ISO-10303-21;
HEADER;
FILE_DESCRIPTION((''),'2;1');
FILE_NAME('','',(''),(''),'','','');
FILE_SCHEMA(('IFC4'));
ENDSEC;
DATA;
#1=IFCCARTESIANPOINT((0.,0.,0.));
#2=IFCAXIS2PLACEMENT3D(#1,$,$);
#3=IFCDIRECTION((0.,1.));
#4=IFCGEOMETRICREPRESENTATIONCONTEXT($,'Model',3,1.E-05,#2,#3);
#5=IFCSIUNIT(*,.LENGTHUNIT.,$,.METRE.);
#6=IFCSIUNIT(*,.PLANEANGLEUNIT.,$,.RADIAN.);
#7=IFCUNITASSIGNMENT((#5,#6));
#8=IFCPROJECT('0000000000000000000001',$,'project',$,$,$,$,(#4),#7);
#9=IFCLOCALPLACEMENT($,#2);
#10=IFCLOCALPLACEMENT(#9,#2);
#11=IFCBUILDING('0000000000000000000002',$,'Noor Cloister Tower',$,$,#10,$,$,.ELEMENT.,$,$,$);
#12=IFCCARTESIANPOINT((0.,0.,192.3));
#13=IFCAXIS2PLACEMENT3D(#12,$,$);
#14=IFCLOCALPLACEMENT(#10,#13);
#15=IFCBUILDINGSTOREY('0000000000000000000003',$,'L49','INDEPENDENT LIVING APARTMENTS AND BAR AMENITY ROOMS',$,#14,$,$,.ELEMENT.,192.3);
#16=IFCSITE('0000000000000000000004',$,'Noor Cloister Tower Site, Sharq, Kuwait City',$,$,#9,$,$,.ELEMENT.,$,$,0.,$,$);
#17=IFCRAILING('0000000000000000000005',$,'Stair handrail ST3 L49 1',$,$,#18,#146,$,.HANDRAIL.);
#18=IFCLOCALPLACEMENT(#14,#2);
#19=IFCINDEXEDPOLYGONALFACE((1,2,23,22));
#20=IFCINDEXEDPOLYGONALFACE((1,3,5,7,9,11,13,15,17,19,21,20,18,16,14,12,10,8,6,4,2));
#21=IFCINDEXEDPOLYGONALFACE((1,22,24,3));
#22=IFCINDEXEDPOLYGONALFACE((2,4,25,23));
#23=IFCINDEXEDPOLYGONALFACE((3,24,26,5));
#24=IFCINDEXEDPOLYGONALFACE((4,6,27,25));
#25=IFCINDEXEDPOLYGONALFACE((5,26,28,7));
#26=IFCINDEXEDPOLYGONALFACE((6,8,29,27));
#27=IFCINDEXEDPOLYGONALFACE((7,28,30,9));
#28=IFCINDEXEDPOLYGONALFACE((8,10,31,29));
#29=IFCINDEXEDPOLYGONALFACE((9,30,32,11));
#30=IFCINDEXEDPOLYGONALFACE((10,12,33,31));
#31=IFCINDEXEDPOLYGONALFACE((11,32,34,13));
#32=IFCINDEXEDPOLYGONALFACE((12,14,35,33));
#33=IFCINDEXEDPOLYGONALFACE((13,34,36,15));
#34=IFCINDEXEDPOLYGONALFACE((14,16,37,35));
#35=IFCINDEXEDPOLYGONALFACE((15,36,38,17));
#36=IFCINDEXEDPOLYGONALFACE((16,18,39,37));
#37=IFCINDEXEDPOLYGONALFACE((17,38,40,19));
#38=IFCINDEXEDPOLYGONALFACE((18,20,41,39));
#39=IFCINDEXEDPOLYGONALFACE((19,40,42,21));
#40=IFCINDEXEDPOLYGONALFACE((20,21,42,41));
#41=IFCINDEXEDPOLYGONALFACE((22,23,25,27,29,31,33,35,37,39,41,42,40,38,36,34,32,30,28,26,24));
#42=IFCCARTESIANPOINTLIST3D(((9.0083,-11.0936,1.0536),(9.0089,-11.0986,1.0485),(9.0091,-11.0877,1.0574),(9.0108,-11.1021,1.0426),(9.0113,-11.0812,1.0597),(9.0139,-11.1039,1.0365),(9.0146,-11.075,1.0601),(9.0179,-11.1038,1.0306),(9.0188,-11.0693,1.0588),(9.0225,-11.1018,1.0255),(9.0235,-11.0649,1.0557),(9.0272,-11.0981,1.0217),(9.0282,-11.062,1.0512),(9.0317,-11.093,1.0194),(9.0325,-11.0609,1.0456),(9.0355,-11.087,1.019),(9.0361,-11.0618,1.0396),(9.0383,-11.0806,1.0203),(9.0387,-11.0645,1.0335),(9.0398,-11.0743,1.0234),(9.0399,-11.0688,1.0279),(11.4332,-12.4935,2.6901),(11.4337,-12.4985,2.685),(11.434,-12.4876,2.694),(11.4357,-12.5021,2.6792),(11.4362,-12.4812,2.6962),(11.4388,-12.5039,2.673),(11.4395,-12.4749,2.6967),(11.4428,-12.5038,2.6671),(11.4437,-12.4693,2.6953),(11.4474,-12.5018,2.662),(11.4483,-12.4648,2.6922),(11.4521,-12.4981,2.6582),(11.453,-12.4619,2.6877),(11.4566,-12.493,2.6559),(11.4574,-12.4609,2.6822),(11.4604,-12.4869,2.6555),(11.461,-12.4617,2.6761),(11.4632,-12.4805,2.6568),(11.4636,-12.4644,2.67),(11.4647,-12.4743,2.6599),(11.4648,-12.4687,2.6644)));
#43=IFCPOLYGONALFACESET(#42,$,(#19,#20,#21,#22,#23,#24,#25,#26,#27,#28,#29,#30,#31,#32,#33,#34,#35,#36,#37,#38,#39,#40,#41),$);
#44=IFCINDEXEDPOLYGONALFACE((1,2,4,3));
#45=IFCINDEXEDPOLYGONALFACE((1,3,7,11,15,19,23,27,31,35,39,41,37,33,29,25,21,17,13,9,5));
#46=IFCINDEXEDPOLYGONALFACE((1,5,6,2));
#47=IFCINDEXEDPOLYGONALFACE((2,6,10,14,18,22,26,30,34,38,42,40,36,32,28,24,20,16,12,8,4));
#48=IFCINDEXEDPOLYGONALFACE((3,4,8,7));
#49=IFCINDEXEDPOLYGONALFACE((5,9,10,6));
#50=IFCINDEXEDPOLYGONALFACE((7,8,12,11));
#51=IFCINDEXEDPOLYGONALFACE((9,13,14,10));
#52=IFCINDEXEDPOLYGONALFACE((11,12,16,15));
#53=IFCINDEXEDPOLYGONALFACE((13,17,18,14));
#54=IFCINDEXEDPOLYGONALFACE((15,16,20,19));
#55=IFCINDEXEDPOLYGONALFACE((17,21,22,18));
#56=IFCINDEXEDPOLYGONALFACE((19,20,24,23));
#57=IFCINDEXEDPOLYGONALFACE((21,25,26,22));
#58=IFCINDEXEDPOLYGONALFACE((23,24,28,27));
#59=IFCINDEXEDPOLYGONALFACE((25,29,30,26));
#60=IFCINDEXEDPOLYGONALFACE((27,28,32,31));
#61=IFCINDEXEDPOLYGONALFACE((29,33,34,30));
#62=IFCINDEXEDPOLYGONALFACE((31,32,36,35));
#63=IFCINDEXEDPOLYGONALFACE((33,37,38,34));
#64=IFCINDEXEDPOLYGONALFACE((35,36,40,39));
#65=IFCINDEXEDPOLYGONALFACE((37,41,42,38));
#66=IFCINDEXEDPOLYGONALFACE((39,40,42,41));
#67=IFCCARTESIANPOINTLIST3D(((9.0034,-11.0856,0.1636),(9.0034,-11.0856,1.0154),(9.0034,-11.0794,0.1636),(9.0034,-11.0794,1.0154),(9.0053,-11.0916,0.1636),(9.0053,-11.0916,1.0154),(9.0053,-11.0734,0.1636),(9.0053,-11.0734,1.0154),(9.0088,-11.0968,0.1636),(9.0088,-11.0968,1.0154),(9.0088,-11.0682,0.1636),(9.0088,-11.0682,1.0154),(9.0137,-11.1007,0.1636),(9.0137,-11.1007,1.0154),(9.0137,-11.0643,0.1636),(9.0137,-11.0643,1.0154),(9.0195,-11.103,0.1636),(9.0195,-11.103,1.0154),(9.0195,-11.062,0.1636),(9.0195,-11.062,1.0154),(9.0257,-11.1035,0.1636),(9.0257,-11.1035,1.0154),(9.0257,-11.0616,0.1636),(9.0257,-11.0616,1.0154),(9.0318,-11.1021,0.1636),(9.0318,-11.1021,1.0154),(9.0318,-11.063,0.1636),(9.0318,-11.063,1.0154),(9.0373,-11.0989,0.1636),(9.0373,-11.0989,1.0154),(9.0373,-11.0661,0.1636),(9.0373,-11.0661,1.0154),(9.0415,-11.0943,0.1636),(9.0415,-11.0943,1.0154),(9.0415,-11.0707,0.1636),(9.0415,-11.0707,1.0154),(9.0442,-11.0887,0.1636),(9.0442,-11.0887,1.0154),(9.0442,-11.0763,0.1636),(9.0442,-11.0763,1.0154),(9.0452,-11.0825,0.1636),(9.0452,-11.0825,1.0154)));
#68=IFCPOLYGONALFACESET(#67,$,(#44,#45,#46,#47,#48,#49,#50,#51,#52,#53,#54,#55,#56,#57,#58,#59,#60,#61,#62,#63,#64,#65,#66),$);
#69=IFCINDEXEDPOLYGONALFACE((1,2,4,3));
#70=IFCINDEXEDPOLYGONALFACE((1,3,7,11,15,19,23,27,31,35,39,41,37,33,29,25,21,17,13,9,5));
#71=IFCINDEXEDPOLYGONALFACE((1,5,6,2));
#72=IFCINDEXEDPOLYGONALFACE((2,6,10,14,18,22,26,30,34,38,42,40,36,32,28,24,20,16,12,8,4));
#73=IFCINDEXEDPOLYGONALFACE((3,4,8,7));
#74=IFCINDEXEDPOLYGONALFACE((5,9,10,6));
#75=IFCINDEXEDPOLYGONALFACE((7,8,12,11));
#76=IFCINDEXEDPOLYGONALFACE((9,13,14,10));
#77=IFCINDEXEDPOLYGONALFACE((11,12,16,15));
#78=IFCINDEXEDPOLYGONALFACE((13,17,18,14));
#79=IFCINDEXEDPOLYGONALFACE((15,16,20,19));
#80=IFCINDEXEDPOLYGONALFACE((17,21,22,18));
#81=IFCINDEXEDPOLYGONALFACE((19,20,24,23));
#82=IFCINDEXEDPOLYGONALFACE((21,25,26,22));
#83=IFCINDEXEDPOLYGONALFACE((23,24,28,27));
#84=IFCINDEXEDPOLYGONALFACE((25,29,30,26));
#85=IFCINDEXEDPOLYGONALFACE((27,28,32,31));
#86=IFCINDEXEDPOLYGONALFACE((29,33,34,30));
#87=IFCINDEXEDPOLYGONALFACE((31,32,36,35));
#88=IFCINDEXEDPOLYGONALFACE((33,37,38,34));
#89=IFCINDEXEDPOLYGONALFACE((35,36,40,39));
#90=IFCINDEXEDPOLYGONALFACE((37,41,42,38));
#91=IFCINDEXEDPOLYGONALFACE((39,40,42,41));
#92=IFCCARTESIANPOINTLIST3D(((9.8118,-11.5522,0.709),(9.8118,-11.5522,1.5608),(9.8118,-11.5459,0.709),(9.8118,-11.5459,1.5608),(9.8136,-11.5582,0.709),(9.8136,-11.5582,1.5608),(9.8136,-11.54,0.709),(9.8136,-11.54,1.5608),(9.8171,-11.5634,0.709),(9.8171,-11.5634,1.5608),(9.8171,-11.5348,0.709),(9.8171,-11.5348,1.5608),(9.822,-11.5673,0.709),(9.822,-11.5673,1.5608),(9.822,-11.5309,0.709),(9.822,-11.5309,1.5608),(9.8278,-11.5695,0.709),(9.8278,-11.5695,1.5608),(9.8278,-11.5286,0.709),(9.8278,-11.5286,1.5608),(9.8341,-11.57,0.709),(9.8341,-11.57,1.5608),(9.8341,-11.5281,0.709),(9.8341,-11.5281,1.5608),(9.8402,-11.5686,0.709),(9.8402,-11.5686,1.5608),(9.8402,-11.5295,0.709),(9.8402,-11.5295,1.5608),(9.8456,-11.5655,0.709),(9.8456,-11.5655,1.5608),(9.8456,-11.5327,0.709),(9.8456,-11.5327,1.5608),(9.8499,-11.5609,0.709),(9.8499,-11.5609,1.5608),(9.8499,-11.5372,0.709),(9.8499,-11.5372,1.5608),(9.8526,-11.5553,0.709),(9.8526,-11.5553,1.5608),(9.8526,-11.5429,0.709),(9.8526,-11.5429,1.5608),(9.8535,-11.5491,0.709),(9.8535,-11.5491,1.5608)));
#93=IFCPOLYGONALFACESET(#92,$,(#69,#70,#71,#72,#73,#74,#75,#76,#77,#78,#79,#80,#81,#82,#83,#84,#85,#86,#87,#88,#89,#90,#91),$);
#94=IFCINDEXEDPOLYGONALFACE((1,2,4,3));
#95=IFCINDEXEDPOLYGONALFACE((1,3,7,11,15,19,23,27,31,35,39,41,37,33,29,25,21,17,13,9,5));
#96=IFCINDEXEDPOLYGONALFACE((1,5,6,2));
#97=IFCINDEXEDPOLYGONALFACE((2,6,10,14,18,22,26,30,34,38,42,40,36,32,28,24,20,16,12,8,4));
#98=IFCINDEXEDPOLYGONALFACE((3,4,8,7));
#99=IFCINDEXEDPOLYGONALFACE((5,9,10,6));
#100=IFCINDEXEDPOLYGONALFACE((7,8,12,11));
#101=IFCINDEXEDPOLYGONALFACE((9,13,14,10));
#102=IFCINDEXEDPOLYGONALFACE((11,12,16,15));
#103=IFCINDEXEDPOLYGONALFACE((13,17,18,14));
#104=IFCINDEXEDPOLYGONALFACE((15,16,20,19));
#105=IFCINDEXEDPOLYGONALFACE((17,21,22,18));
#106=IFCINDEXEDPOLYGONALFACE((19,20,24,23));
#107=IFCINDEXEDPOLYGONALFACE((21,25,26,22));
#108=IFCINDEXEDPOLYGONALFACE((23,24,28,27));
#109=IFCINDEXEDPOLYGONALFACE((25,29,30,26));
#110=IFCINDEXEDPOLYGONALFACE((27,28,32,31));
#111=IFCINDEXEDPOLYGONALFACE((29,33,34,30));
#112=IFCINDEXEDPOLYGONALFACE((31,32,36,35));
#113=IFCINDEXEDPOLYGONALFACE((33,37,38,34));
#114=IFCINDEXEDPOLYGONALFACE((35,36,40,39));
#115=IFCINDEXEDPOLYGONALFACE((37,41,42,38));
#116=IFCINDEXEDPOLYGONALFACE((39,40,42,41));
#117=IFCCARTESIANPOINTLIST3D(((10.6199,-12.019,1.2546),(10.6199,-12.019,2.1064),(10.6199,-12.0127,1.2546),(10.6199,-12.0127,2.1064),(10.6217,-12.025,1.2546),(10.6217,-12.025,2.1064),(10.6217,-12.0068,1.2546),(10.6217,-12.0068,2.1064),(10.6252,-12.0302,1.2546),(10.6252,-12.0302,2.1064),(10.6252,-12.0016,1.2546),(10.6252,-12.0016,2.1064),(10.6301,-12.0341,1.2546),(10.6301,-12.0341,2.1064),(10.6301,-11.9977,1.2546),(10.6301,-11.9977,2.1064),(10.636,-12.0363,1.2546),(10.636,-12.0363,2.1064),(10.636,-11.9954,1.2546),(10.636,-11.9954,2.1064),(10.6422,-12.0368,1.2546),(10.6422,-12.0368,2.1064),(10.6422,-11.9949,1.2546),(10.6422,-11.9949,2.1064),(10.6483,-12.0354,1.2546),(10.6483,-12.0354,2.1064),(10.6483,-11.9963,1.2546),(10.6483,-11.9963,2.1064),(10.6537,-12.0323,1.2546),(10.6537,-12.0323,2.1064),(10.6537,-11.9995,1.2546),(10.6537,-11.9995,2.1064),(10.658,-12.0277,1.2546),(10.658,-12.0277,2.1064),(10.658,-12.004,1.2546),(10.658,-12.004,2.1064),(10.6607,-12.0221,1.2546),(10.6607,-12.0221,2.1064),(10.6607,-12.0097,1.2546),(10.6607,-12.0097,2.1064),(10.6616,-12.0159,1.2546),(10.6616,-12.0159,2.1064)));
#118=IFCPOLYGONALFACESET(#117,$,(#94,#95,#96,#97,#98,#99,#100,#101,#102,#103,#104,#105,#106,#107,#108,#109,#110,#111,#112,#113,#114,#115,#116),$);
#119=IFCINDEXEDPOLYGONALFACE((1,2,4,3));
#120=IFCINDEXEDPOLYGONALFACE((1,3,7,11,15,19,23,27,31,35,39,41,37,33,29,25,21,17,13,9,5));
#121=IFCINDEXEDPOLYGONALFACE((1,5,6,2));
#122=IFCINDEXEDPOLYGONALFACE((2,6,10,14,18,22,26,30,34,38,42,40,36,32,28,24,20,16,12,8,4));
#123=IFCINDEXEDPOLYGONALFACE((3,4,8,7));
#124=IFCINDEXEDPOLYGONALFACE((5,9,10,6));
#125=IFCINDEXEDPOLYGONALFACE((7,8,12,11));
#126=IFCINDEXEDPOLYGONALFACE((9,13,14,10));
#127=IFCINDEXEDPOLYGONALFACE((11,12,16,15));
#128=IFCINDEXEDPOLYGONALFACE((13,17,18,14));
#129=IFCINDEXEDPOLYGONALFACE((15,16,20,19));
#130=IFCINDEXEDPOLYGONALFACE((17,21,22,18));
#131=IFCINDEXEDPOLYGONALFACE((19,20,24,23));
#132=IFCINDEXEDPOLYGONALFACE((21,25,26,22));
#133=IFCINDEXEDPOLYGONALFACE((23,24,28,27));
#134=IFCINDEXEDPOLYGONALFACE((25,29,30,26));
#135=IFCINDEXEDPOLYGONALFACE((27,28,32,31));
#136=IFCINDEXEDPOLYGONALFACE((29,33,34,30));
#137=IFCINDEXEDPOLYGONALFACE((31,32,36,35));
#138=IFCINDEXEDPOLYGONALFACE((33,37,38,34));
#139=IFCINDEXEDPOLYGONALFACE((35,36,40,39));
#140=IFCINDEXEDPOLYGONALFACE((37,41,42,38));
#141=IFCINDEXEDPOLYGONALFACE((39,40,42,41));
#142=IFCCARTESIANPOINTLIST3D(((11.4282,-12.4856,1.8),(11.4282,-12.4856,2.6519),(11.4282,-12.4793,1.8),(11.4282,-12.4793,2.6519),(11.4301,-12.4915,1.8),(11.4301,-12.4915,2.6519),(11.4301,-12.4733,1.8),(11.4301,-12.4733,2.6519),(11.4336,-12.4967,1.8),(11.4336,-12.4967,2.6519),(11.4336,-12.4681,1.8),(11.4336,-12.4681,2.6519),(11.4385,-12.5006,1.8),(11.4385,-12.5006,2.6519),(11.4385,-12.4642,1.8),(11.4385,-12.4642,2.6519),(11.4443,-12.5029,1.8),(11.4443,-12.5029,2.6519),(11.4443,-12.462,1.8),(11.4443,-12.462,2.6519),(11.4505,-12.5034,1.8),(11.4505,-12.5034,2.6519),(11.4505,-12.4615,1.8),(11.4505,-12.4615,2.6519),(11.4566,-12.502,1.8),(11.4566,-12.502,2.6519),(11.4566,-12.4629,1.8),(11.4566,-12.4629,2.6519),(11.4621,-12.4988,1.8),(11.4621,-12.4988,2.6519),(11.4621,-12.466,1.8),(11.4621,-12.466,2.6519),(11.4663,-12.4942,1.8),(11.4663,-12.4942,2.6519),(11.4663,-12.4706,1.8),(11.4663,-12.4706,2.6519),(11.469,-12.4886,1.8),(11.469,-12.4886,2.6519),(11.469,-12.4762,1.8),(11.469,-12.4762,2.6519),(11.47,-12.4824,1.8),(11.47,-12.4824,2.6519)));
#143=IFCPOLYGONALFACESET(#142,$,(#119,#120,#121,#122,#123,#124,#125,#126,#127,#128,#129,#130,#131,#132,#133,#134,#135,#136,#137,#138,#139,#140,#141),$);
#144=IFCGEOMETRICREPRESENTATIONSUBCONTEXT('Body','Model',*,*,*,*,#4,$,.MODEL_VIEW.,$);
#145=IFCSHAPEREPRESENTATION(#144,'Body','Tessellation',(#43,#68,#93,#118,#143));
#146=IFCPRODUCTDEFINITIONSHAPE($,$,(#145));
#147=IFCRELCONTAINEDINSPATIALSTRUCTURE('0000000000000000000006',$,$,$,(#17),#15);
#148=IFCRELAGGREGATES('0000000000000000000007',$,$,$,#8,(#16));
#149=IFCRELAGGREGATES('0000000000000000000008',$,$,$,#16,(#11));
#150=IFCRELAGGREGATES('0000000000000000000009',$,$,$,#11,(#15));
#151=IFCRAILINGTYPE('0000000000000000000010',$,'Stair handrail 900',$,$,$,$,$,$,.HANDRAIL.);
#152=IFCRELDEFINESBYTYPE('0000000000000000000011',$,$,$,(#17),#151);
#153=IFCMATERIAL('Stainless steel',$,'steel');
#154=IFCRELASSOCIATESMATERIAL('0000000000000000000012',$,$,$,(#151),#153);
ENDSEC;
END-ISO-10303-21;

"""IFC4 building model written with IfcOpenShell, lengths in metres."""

from ifc_helpers import new_model, si_unit, direction, frame, origin, origin_2d, place, context, subcontext, project, spatial, circle, extrude, material, type_object, element, save


model = new_model("IFC4")

# Units and contexts
model_context = context("Model", 3, precision=1e-05, world=origin(), true_north=direction((0.0, 1.0)))
body_context = subcontext(model_context, "Body", "Model", "MODEL_VIEW")
ifc_project = project(units=[si_unit("LENGTHUNIT", "METRE"), si_unit("PLANEANGLEUNIT", "RADIAN")], contexts=[model_context])

# Site, building, storey
site_placement = place(None, origin())
site = spatial("IfcSite", under=ifc_project, at=site_placement, Name="Noor Cloister Tower Site, Sharq, Kuwait City", CompositionType="ELEMENT", RefElevation=0.0)
building_placement = place(site_placement, origin())
building = spatial("IfcBuilding", under=site, at=building_placement, Name="Noor Cloister Tower", CompositionType="ELEMENT")
storey_placement = place(building_placement, frame((0.0, 0.0, 192.3)))
storey = spatial("IfcBuildingStorey", under=building, at=storey_placement, Name="L49", Description="INDEPENDENT LIVING APARTMENTS AND BAR AMENITY ROOMS", CompositionType="ELEMENT", Elevation=192.3)

# Railing
ifc_material_1 = material(Name="Stainless steel", Category="steel")
railing_type = type_object("IfcRailingType", Name="Stair handrail 900", PredefinedType="HANDRAIL", material=ifc_material_1)
railing_placement = place(storey_placement, frame((9.0242, -11.0825, 0.1636)))
element("IfcRailing", 1, at=railing_placement, inside=storey, type_object=railing_type, Name="Stair handrail ST3 L49 1", PredefinedType="HANDRAIL", context=body_context, shape_type="SweptSolid", body=[
    extrude(circle(Radius=0.0239, at=origin_2d()), frame((0.0, 0.0, 0.876), z_axis=(0.74769, -0.431661, 0.504608), x_axis=(0.499984, 0.866035, 0.0)), (0.0, 0.0, 1.0), 3.2432),
    extrude(circle(Radius=0.021, at=origin_2d()), origin(), (0.0, 0.0, 1.0), 0.8518),
    extrude(circle(Radius=0.021, at=origin_2d()), frame((0.8083, -0.4666, 0.5454)), (0.0, 0.0, 1.0), 0.8518),
    extrude(circle(Radius=0.021, at=origin_2d()), frame((1.6165, -0.9333, 1.0911)), (0.0, 0.0, 1.0), 0.8518),
    extrude(circle(Radius=0.021, at=origin_2d()), frame((2.4248, -1.3999, 1.6365)), (0.0, 0.0, 1.0), 0.8518),
])

save(model, "model.ifc")
